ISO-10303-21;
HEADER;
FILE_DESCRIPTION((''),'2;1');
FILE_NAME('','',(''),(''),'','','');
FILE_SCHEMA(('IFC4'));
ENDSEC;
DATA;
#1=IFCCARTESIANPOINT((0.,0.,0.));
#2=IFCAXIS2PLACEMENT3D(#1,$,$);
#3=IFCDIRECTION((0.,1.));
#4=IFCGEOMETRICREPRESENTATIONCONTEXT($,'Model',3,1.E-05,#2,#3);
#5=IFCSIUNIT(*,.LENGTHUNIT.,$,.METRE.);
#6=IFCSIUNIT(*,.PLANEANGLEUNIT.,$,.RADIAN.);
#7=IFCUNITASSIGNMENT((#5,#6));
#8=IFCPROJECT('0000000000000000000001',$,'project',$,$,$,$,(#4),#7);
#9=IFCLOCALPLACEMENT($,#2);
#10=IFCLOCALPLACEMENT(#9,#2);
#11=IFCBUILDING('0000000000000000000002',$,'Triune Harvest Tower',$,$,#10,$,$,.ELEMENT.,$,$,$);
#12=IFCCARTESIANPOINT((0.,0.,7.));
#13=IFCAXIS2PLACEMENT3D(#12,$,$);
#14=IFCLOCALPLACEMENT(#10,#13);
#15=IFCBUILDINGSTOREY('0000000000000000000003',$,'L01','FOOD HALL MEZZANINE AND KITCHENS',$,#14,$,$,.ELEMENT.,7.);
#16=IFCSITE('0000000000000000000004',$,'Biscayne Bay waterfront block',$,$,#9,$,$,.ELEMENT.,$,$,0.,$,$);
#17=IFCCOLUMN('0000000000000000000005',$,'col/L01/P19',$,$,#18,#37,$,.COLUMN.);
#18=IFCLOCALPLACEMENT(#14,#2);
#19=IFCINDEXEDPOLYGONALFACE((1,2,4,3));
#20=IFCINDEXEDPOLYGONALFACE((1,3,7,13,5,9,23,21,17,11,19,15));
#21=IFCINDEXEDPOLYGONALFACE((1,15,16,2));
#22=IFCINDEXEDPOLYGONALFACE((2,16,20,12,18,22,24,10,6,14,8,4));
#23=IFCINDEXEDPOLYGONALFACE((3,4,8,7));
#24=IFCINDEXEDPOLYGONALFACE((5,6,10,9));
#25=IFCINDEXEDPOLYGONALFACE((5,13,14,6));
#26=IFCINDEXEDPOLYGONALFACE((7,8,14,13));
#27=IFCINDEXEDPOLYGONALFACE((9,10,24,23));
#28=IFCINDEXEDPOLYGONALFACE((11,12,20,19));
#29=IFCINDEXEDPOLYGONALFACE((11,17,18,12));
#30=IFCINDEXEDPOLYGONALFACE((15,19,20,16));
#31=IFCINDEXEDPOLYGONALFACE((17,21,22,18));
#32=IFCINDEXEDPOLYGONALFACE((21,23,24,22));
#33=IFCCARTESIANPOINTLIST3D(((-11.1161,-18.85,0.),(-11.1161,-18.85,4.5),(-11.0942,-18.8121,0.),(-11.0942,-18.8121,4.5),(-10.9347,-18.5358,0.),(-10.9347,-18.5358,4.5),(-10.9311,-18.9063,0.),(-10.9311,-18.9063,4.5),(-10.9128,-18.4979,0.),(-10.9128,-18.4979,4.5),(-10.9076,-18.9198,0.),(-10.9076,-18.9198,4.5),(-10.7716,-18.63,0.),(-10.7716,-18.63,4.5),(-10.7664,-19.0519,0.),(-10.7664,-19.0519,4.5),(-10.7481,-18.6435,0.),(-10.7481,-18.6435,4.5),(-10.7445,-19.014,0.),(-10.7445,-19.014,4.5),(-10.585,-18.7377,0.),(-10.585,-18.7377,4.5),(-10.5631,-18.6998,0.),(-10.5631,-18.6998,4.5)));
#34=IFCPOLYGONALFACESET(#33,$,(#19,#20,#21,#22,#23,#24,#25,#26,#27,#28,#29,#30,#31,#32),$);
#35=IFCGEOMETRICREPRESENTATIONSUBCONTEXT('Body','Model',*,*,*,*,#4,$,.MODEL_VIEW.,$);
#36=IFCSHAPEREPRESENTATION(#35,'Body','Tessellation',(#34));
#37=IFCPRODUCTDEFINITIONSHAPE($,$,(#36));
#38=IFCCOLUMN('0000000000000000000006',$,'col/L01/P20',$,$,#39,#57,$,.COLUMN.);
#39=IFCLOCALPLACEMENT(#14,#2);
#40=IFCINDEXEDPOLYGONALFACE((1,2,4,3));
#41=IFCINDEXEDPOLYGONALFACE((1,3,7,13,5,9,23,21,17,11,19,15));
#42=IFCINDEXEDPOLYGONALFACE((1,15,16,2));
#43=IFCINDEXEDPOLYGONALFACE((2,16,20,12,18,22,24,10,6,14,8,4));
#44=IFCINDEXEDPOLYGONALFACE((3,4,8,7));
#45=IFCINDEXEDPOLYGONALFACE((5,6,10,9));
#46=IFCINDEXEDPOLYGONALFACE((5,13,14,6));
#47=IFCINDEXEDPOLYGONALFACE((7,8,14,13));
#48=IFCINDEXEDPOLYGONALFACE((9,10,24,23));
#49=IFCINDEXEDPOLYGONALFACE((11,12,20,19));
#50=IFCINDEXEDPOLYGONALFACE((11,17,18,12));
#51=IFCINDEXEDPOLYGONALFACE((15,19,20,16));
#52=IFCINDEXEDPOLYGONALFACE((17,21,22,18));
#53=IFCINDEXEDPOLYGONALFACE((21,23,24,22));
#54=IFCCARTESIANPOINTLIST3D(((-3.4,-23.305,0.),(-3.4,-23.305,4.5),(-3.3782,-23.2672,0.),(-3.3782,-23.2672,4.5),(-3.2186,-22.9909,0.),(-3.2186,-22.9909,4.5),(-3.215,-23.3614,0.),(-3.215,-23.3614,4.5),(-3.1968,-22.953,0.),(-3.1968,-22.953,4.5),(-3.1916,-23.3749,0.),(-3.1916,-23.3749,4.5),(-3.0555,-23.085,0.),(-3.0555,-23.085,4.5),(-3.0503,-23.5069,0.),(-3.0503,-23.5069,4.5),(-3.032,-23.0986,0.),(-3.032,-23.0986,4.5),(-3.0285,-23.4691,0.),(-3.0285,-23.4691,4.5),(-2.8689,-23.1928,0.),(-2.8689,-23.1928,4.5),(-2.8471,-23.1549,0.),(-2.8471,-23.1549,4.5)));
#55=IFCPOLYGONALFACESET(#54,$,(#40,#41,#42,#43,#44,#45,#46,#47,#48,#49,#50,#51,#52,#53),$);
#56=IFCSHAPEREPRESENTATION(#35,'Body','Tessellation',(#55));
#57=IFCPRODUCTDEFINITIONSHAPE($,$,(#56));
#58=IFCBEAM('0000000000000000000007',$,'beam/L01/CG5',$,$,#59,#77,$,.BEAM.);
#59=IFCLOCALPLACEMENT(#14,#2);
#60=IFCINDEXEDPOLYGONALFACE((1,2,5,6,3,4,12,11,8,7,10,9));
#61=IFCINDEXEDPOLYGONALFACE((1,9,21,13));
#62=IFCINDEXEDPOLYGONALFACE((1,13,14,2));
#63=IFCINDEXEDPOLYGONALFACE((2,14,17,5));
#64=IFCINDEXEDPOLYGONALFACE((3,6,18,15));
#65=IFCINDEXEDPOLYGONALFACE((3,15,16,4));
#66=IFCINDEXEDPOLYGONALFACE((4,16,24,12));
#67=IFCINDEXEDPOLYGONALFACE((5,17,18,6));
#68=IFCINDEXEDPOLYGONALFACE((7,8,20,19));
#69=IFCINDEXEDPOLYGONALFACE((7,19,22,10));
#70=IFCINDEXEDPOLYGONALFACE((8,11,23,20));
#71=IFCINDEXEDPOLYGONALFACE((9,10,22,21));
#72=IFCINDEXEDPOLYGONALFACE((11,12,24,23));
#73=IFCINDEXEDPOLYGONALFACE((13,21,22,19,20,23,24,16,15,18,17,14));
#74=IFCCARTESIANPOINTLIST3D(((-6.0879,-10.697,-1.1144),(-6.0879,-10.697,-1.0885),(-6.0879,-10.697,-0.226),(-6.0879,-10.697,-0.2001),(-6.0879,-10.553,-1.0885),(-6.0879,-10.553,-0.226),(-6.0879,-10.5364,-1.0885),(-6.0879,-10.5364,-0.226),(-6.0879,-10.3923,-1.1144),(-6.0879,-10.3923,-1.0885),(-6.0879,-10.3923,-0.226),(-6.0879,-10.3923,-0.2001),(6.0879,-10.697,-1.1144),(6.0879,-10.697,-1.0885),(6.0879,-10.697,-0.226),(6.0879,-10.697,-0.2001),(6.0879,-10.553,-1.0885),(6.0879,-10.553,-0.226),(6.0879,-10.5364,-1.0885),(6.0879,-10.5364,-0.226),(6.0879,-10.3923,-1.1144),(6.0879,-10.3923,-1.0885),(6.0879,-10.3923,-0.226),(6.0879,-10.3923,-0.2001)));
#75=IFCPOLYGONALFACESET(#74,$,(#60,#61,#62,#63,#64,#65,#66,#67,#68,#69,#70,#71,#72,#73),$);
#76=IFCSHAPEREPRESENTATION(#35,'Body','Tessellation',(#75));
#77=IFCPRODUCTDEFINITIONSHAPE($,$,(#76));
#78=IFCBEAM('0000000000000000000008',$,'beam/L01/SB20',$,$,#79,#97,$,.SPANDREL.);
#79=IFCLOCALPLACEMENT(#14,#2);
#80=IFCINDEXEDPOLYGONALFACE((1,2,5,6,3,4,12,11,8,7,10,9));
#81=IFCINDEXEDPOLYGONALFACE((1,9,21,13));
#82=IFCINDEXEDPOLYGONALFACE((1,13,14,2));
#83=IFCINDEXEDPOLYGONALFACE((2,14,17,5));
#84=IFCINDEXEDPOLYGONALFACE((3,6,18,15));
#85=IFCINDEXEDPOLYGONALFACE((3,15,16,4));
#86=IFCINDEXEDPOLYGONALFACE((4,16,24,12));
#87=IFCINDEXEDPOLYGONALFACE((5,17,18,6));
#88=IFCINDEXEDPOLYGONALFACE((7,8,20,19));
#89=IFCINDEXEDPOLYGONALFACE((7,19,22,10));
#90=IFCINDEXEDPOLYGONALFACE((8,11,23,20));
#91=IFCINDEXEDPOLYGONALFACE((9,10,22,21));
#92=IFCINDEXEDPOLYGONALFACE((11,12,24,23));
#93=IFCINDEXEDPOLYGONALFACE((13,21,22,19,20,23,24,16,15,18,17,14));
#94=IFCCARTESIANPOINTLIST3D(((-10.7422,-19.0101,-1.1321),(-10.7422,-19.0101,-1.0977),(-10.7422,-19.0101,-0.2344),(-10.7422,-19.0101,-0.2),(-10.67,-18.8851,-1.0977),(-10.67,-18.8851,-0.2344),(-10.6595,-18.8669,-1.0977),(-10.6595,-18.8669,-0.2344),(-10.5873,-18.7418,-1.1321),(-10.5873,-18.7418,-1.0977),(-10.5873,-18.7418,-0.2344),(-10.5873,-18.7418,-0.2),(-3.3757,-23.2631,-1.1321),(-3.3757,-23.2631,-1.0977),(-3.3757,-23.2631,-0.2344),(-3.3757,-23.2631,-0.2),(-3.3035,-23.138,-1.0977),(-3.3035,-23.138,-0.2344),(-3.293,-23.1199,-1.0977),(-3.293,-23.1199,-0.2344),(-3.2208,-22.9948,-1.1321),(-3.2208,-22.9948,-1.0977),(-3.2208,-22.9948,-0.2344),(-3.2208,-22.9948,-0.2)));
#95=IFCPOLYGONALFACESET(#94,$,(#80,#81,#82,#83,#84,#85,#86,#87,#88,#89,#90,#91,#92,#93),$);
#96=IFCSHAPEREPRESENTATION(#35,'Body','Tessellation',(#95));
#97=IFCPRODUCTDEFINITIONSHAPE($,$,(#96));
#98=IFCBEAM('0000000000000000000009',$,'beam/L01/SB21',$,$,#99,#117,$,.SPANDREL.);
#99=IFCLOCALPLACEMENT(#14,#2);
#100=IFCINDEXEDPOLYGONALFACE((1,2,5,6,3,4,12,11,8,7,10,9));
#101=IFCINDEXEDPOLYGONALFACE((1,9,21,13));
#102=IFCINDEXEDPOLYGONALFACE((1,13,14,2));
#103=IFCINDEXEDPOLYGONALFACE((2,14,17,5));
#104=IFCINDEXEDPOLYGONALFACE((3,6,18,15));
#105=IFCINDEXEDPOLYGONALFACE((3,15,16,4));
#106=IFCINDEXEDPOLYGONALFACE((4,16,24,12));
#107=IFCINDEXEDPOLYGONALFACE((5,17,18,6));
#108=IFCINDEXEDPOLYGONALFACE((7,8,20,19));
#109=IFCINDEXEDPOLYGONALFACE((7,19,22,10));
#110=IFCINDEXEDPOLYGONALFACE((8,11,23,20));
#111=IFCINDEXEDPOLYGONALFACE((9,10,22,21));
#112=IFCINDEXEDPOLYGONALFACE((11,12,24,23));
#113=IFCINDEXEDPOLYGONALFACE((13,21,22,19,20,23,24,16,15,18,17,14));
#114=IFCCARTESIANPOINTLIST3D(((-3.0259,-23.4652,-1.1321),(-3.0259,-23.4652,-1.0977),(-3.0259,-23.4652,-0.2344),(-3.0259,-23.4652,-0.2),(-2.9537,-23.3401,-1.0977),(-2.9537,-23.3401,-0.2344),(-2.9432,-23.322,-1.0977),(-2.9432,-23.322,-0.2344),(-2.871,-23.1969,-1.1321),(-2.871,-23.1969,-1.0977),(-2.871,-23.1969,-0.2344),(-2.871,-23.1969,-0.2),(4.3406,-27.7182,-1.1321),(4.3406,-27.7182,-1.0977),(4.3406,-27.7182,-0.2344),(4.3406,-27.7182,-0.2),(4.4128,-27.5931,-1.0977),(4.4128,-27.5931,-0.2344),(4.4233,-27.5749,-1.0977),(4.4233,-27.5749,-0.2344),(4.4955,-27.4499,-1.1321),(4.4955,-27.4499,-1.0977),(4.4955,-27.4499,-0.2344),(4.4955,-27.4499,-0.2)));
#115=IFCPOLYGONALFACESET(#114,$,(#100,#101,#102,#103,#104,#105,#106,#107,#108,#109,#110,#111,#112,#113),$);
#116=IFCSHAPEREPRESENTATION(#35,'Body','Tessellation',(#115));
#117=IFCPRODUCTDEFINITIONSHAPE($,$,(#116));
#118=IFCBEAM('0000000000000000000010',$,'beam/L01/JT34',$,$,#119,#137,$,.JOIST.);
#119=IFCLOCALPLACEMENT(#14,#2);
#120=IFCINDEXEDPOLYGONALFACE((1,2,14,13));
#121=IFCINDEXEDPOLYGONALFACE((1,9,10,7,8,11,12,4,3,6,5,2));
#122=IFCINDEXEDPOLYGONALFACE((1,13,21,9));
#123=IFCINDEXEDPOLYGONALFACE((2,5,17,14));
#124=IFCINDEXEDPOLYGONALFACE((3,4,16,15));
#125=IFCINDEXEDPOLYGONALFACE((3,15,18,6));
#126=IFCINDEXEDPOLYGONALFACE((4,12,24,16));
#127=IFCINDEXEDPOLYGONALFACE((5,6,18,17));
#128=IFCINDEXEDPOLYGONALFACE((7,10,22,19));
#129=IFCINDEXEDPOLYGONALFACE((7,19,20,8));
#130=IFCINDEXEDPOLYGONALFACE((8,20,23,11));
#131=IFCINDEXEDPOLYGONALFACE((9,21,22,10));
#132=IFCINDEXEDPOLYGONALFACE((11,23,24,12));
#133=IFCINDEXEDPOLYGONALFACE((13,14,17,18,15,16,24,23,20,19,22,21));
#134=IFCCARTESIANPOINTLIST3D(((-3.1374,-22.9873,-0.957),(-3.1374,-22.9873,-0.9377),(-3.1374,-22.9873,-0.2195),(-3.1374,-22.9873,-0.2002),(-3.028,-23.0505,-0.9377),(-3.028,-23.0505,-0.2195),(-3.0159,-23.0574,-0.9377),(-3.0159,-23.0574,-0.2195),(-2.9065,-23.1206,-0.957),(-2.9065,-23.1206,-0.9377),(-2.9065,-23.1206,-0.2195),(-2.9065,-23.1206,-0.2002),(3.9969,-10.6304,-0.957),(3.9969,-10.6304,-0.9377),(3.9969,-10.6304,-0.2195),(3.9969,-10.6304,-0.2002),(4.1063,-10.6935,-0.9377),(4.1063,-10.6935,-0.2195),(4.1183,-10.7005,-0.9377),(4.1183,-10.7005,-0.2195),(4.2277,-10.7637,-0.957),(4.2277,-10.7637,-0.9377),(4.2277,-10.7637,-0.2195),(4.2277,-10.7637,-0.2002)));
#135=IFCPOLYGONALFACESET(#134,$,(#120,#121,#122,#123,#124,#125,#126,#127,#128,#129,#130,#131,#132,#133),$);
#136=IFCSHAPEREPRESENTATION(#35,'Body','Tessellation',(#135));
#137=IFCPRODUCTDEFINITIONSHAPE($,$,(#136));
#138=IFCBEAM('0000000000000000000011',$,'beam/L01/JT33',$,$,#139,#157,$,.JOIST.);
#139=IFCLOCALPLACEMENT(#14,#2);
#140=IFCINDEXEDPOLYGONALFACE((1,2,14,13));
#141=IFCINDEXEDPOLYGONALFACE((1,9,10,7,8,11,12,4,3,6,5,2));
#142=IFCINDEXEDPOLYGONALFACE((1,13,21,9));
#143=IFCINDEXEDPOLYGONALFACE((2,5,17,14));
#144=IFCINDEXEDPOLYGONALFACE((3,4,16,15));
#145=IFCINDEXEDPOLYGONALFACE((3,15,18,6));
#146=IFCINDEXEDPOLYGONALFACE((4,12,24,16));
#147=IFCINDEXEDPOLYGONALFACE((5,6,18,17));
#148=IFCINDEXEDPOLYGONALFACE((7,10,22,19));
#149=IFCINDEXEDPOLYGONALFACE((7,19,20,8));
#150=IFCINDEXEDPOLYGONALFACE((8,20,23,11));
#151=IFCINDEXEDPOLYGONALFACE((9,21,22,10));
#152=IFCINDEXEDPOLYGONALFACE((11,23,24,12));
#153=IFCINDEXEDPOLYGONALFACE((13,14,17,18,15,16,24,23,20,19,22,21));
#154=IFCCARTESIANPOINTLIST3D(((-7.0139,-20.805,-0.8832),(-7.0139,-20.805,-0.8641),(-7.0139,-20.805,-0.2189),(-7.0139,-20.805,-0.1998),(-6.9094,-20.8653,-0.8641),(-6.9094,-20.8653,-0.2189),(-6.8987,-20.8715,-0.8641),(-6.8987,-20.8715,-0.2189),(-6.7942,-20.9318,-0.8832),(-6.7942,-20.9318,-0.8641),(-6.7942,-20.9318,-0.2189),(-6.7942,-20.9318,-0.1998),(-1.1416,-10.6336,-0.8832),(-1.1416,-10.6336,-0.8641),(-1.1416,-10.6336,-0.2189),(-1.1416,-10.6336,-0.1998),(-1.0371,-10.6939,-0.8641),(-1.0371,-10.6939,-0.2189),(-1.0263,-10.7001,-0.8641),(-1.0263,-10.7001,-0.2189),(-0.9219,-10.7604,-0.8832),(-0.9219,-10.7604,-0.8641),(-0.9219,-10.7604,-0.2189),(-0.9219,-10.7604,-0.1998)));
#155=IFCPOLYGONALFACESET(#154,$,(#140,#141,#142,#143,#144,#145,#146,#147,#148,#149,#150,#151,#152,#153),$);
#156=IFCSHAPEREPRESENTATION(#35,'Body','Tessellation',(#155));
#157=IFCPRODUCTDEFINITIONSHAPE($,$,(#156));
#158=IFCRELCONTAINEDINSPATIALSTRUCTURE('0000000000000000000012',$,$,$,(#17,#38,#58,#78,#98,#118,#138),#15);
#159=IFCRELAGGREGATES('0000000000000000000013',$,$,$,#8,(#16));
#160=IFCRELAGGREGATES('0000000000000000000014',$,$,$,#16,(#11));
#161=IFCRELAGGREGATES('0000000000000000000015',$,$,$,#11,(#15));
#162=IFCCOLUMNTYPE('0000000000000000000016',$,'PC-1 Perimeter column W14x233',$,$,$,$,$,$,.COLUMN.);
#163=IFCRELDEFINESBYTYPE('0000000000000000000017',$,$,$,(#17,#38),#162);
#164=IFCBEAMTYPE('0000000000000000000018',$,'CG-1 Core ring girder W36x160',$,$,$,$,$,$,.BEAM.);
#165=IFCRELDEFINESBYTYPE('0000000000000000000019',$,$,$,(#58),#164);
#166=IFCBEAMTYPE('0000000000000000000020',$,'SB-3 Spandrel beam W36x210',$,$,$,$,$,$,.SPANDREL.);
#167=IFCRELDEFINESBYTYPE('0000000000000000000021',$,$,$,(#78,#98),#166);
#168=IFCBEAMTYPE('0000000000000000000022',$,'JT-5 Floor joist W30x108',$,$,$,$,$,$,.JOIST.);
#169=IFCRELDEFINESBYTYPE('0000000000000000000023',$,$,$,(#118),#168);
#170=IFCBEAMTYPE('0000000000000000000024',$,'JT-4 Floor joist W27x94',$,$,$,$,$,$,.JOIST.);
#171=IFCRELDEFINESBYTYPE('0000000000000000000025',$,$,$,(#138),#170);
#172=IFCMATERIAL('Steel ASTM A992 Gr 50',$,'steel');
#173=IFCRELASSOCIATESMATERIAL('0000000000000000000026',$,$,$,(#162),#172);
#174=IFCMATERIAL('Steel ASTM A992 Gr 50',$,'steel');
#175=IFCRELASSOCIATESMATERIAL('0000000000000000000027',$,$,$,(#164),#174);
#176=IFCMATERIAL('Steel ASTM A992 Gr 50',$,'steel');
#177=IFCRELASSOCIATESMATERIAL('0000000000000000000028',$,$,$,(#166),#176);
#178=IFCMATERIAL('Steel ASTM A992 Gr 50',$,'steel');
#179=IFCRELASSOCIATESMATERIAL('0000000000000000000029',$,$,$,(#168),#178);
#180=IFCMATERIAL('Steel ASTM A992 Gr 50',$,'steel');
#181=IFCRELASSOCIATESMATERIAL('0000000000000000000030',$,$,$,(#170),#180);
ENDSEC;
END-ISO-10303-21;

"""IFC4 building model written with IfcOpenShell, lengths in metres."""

from ifc_helpers import new_model, si_unit, direction, frame, origin, origin_2d, place, context, subcontext, project, spatial, i_section, extrude, source, transform, mapped, material, material_profile, profile_set, type_object, element, save


model = new_model("IFC4")

# Units and contexts
model_context = context("Model", 3, precision=1e-05, world=origin(), true_north=direction((0.0, 1.0)))
body_context = subcontext(model_context, "Body", "Model", "MODEL_VIEW")
ifc_project = project(units=[si_unit("LENGTHUNIT", "METRE"), si_unit("PLANEANGLEUNIT", "RADIAN")], contexts=[model_context])

# Site, building, storey
site_placement = place(None, origin())
site = spatial("IfcSite", under=ifc_project, at=site_placement, Name="Biscayne Bay waterfront block", CompositionType="ELEMENT", RefElevation=0.0)
building_placement = place(site_placement, origin())
building = spatial("IfcBuilding", under=site, at=building_placement, Name="Triune Harvest Tower", CompositionType="ELEMENT")
storey_placement = place(building_placement, frame((0.0, 0.0, 7.0)))
storey = spatial("IfcBuildingStorey", under=building, at=storey_placement, Name="L01", Description="FOOD HALL MEZZANINE AND KITCHENS", CompositionType="ELEMENT", Elevation=7.0)

# Columns
ifc_material_1 = material(Name="Steel ASTM A992 Gr 50", Category="steel")
ifc_material_profile_1 = material_profile(ifc_material_1, i_section(OverallWidth=0.4038, OverallDepth=0.4065, WebThickness=0.0271, FlangeThickness=0.0437, at=origin_2d()), Name="W14x233")
ifc_profile_set_1 = profile_set([ifc_material_profile_1], Name="Steel ASTM A992 Gr 50")
column_type = type_object("IfcColumnType", Name="PC-1 Perimeter column W14x233", PredefinedType="COLUMN", material=ifc_profile_set_1)
shared_shape_1 = source(origin(), body_context, "Body", "SweptSolid", [
    extrude(i_section(OverallWidth=0.4038, OverallDepth=0.4065, WebThickness=0.0271, FlangeThickness=0.0437, at=origin_2d()), origin(), (0.0, 0.0, 1.0), 4.5),
])
for number, where, z_axis, x_axis, name in (
    (1, (-10.8396, -18.7749, 0.0), (0.0, 0.0, 1.0), (0.866025, -0.5, 0.0), "col/L01/P19"),
    (2, (-3.1235, -23.23, 0.0), (0.0, 0.0, 1.0), (0.866025, -0.5, 0.0), "col/L01/P20"),
):
    element("IfcColumn", number, at=place(storey_placement, frame(where, z_axis=z_axis, x_axis=x_axis)), inside=storey, type_object=column_type, Name=name, PredefinedType="COLUMN", context=body_context, shape_type="MappedRepresentation", body=[
        mapped(shared_shape_1, transform((0.0, 0.0, 0.0), scale=1.0)),
    ])

# Beams
ifc_material_2 = material(Name="Steel ASTM A992 Gr 50", Category="steel")
ifc_material_profile_2 = material_profile(ifc_material_2, i_section(OverallWidth=0.3047, OverallDepth=0.9143, WebThickness=0.0166, FlangeThickness=0.0259, at=origin_2d()), Name="W36x160")
ifc_profile_set_2 = profile_set([ifc_material_profile_2], Name="Steel ASTM A992 Gr 50")
beam_type_1 = type_object("IfcBeamType", Name="CG-1 Core ring girder W36x160", PredefinedType="BEAM", material=ifc_profile_set_2)
shared_shape_2 = source(origin(), body_context, "Body", "SweptSolid", [
    extrude(i_section(OverallWidth=0.3047, OverallDepth=0.9143, WebThickness=0.0166, FlangeThickness=0.0259, at=origin_2d()), origin(), (0.0, 0.0, 1.0), 12.1758),
])
beam_1_placement = place(storey_placement, frame((-6.0879, -10.5447, -0.6572), z_axis=(1.0, 0.0, 0.0), x_axis=(0.0, 1.0, 0.0)))
element("IfcBeam", 3, at=beam_1_placement, inside=storey, type_object=beam_type_1, Name="beam/L01/CG5", PredefinedType="BEAM", context=body_context, shape_type="MappedRepresentation", body=[
    mapped(shared_shape_2, transform((0.0, 0.0, 0.0), scale=1.0)),
])
ifc_material_3 = material(Name="Steel ASTM A992 Gr 50", Category="steel")
ifc_material_profile_3 = material_profile(ifc_material_3, i_section(OverallWidth=0.3098, OverallDepth=0.9321, WebThickness=0.021, FlangeThickness=0.0344, at=origin_2d()), Name="W36x210")
ifc_profile_set_3 = profile_set([ifc_material_profile_3], Name="Steel ASTM A992 Gr 50")
beam_type_2 = type_object("IfcBeamType", Name="SB-3 Spandrel beam W36x210", PredefinedType="SPANDREL", material=ifc_profile_set_3)
shared_shape_3 = source(origin(), body_context, "Body", "SweptSolid", [
    extrude(i_section(OverallWidth=0.3098, OverallDepth=0.9321, WebThickness=0.021, FlangeThickness=0.0344, at=origin_2d()), origin(), (0.0, 0.0, 1.0), 8.5061),
])
for number, where, z_axis, x_axis, name in (
    (4, (-10.6648, -18.876, -0.666), (0.86603, -0.499992, 0.0), (0.499992, 0.86603, 0.0), "beam/L01/SB20"),
    (5, (-2.9485, -23.3311, -0.666), (0.86603, -0.499992, 0.0), (0.499992, 0.86603, 0.0), "beam/L01/SB21"),
):
    element("IfcBeam", number, at=place(storey_placement, frame(where, z_axis=z_axis, x_axis=x_axis)), inside=storey, type_object=beam_type_2, Name=name, PredefinedType="SPANDREL", context=body_context, shape_type="MappedRepresentation", body=[
        mapped(shared_shape_3, transform((0.0, 0.0, 0.0), scale=1.0)),
    ])
ifc_material_4 = material(Name="Steel ASTM A992 Gr 50", Category="steel")
ifc_material_profile_4 = material_profile(ifc_material_4, i_section(OverallWidth=0.2666, OverallDepth=0.7568, WebThickness=0.0139, FlangeThickness=0.0193, at=origin_2d()), Name="W30x108")
ifc_profile_set_4 = profile_set([ifc_material_profile_4], Name="Steel ASTM A992 Gr 50")
beam_type_3 = type_object("IfcBeamType", Name="JT-5 Floor joist W30x108", PredefinedType="JOIST", material=ifc_profile_set_4)
shared_shape_4 = source(origin(), body_context, "Body", "SweptSolid", [
    extrude(i_section(OverallWidth=0.2666, OverallDepth=0.7568, WebThickness=0.0139, FlangeThickness=0.0193, at=origin_2d()), origin(), (0.0, 0.0, 1.0), 14.2686),
])
beam_2_placement = place(storey_placement, frame((-3.022, -23.054, -0.5786), z_axis=(0.5, 0.866025, 0.0), x_axis=(-0.866025, 0.5, 0.0)))
element("IfcBeam", 6, at=beam_2_placement, inside=storey, type_object=beam_type_3, Name="beam/L01/JT34", PredefinedType="JOIST", context=body_context, shape_type="MappedRepresentation", body=[
    mapped(shared_shape_4, transform((0.0, 0.0, 0.0), scale=1.0)),
])
ifc_material_5 = material(Name="Steel ASTM A992 Gr 50", Category="steel")
ifc_material_profile_5 = material_profile(ifc_material_5, i_section(OverallWidth=0.2537, OverallDepth=0.6833, WebThickness=0.0125, FlangeThickness=0.019, at=origin_2d()), Name="W27x94")
ifc_profile_set_5 = profile_set([ifc_material_profile_5], Name="Steel ASTM A992 Gr 50")
beam_type_4 = type_object("IfcBeamType", Name="JT-4 Floor joist W27x94", PredefinedType="JOIST", material=ifc_profile_set_5)
shared_shape_5 = source(origin(), body_context, "Body", "SweptSolid", [
    extrude(i_section(OverallWidth=0.2537, OverallDepth=0.6833, WebThickness=0.0125, FlangeThickness=0.019, at=origin_2d()), origin(), (0.0, 0.0, 1.0), 11.7449),
])
beam_3_placement = place(storey_placement, frame((-6.9041, -20.8684, -0.5415), z_axis=(0.499991, 0.866031, 0.0), x_axis=(-0.866031, 0.499991, 0.0)))
element("IfcBeam", 7, at=beam_3_placement, inside=storey, type_object=beam_type_4, Name="beam/L01/JT33", PredefinedType="JOIST", context=body_context, shape_type="MappedRepresentation", body=[
    mapped(shared_shape_5, transform((0.0, 0.0, 0.0), scale=1.0)),
])

save(model, "model.ifc")
